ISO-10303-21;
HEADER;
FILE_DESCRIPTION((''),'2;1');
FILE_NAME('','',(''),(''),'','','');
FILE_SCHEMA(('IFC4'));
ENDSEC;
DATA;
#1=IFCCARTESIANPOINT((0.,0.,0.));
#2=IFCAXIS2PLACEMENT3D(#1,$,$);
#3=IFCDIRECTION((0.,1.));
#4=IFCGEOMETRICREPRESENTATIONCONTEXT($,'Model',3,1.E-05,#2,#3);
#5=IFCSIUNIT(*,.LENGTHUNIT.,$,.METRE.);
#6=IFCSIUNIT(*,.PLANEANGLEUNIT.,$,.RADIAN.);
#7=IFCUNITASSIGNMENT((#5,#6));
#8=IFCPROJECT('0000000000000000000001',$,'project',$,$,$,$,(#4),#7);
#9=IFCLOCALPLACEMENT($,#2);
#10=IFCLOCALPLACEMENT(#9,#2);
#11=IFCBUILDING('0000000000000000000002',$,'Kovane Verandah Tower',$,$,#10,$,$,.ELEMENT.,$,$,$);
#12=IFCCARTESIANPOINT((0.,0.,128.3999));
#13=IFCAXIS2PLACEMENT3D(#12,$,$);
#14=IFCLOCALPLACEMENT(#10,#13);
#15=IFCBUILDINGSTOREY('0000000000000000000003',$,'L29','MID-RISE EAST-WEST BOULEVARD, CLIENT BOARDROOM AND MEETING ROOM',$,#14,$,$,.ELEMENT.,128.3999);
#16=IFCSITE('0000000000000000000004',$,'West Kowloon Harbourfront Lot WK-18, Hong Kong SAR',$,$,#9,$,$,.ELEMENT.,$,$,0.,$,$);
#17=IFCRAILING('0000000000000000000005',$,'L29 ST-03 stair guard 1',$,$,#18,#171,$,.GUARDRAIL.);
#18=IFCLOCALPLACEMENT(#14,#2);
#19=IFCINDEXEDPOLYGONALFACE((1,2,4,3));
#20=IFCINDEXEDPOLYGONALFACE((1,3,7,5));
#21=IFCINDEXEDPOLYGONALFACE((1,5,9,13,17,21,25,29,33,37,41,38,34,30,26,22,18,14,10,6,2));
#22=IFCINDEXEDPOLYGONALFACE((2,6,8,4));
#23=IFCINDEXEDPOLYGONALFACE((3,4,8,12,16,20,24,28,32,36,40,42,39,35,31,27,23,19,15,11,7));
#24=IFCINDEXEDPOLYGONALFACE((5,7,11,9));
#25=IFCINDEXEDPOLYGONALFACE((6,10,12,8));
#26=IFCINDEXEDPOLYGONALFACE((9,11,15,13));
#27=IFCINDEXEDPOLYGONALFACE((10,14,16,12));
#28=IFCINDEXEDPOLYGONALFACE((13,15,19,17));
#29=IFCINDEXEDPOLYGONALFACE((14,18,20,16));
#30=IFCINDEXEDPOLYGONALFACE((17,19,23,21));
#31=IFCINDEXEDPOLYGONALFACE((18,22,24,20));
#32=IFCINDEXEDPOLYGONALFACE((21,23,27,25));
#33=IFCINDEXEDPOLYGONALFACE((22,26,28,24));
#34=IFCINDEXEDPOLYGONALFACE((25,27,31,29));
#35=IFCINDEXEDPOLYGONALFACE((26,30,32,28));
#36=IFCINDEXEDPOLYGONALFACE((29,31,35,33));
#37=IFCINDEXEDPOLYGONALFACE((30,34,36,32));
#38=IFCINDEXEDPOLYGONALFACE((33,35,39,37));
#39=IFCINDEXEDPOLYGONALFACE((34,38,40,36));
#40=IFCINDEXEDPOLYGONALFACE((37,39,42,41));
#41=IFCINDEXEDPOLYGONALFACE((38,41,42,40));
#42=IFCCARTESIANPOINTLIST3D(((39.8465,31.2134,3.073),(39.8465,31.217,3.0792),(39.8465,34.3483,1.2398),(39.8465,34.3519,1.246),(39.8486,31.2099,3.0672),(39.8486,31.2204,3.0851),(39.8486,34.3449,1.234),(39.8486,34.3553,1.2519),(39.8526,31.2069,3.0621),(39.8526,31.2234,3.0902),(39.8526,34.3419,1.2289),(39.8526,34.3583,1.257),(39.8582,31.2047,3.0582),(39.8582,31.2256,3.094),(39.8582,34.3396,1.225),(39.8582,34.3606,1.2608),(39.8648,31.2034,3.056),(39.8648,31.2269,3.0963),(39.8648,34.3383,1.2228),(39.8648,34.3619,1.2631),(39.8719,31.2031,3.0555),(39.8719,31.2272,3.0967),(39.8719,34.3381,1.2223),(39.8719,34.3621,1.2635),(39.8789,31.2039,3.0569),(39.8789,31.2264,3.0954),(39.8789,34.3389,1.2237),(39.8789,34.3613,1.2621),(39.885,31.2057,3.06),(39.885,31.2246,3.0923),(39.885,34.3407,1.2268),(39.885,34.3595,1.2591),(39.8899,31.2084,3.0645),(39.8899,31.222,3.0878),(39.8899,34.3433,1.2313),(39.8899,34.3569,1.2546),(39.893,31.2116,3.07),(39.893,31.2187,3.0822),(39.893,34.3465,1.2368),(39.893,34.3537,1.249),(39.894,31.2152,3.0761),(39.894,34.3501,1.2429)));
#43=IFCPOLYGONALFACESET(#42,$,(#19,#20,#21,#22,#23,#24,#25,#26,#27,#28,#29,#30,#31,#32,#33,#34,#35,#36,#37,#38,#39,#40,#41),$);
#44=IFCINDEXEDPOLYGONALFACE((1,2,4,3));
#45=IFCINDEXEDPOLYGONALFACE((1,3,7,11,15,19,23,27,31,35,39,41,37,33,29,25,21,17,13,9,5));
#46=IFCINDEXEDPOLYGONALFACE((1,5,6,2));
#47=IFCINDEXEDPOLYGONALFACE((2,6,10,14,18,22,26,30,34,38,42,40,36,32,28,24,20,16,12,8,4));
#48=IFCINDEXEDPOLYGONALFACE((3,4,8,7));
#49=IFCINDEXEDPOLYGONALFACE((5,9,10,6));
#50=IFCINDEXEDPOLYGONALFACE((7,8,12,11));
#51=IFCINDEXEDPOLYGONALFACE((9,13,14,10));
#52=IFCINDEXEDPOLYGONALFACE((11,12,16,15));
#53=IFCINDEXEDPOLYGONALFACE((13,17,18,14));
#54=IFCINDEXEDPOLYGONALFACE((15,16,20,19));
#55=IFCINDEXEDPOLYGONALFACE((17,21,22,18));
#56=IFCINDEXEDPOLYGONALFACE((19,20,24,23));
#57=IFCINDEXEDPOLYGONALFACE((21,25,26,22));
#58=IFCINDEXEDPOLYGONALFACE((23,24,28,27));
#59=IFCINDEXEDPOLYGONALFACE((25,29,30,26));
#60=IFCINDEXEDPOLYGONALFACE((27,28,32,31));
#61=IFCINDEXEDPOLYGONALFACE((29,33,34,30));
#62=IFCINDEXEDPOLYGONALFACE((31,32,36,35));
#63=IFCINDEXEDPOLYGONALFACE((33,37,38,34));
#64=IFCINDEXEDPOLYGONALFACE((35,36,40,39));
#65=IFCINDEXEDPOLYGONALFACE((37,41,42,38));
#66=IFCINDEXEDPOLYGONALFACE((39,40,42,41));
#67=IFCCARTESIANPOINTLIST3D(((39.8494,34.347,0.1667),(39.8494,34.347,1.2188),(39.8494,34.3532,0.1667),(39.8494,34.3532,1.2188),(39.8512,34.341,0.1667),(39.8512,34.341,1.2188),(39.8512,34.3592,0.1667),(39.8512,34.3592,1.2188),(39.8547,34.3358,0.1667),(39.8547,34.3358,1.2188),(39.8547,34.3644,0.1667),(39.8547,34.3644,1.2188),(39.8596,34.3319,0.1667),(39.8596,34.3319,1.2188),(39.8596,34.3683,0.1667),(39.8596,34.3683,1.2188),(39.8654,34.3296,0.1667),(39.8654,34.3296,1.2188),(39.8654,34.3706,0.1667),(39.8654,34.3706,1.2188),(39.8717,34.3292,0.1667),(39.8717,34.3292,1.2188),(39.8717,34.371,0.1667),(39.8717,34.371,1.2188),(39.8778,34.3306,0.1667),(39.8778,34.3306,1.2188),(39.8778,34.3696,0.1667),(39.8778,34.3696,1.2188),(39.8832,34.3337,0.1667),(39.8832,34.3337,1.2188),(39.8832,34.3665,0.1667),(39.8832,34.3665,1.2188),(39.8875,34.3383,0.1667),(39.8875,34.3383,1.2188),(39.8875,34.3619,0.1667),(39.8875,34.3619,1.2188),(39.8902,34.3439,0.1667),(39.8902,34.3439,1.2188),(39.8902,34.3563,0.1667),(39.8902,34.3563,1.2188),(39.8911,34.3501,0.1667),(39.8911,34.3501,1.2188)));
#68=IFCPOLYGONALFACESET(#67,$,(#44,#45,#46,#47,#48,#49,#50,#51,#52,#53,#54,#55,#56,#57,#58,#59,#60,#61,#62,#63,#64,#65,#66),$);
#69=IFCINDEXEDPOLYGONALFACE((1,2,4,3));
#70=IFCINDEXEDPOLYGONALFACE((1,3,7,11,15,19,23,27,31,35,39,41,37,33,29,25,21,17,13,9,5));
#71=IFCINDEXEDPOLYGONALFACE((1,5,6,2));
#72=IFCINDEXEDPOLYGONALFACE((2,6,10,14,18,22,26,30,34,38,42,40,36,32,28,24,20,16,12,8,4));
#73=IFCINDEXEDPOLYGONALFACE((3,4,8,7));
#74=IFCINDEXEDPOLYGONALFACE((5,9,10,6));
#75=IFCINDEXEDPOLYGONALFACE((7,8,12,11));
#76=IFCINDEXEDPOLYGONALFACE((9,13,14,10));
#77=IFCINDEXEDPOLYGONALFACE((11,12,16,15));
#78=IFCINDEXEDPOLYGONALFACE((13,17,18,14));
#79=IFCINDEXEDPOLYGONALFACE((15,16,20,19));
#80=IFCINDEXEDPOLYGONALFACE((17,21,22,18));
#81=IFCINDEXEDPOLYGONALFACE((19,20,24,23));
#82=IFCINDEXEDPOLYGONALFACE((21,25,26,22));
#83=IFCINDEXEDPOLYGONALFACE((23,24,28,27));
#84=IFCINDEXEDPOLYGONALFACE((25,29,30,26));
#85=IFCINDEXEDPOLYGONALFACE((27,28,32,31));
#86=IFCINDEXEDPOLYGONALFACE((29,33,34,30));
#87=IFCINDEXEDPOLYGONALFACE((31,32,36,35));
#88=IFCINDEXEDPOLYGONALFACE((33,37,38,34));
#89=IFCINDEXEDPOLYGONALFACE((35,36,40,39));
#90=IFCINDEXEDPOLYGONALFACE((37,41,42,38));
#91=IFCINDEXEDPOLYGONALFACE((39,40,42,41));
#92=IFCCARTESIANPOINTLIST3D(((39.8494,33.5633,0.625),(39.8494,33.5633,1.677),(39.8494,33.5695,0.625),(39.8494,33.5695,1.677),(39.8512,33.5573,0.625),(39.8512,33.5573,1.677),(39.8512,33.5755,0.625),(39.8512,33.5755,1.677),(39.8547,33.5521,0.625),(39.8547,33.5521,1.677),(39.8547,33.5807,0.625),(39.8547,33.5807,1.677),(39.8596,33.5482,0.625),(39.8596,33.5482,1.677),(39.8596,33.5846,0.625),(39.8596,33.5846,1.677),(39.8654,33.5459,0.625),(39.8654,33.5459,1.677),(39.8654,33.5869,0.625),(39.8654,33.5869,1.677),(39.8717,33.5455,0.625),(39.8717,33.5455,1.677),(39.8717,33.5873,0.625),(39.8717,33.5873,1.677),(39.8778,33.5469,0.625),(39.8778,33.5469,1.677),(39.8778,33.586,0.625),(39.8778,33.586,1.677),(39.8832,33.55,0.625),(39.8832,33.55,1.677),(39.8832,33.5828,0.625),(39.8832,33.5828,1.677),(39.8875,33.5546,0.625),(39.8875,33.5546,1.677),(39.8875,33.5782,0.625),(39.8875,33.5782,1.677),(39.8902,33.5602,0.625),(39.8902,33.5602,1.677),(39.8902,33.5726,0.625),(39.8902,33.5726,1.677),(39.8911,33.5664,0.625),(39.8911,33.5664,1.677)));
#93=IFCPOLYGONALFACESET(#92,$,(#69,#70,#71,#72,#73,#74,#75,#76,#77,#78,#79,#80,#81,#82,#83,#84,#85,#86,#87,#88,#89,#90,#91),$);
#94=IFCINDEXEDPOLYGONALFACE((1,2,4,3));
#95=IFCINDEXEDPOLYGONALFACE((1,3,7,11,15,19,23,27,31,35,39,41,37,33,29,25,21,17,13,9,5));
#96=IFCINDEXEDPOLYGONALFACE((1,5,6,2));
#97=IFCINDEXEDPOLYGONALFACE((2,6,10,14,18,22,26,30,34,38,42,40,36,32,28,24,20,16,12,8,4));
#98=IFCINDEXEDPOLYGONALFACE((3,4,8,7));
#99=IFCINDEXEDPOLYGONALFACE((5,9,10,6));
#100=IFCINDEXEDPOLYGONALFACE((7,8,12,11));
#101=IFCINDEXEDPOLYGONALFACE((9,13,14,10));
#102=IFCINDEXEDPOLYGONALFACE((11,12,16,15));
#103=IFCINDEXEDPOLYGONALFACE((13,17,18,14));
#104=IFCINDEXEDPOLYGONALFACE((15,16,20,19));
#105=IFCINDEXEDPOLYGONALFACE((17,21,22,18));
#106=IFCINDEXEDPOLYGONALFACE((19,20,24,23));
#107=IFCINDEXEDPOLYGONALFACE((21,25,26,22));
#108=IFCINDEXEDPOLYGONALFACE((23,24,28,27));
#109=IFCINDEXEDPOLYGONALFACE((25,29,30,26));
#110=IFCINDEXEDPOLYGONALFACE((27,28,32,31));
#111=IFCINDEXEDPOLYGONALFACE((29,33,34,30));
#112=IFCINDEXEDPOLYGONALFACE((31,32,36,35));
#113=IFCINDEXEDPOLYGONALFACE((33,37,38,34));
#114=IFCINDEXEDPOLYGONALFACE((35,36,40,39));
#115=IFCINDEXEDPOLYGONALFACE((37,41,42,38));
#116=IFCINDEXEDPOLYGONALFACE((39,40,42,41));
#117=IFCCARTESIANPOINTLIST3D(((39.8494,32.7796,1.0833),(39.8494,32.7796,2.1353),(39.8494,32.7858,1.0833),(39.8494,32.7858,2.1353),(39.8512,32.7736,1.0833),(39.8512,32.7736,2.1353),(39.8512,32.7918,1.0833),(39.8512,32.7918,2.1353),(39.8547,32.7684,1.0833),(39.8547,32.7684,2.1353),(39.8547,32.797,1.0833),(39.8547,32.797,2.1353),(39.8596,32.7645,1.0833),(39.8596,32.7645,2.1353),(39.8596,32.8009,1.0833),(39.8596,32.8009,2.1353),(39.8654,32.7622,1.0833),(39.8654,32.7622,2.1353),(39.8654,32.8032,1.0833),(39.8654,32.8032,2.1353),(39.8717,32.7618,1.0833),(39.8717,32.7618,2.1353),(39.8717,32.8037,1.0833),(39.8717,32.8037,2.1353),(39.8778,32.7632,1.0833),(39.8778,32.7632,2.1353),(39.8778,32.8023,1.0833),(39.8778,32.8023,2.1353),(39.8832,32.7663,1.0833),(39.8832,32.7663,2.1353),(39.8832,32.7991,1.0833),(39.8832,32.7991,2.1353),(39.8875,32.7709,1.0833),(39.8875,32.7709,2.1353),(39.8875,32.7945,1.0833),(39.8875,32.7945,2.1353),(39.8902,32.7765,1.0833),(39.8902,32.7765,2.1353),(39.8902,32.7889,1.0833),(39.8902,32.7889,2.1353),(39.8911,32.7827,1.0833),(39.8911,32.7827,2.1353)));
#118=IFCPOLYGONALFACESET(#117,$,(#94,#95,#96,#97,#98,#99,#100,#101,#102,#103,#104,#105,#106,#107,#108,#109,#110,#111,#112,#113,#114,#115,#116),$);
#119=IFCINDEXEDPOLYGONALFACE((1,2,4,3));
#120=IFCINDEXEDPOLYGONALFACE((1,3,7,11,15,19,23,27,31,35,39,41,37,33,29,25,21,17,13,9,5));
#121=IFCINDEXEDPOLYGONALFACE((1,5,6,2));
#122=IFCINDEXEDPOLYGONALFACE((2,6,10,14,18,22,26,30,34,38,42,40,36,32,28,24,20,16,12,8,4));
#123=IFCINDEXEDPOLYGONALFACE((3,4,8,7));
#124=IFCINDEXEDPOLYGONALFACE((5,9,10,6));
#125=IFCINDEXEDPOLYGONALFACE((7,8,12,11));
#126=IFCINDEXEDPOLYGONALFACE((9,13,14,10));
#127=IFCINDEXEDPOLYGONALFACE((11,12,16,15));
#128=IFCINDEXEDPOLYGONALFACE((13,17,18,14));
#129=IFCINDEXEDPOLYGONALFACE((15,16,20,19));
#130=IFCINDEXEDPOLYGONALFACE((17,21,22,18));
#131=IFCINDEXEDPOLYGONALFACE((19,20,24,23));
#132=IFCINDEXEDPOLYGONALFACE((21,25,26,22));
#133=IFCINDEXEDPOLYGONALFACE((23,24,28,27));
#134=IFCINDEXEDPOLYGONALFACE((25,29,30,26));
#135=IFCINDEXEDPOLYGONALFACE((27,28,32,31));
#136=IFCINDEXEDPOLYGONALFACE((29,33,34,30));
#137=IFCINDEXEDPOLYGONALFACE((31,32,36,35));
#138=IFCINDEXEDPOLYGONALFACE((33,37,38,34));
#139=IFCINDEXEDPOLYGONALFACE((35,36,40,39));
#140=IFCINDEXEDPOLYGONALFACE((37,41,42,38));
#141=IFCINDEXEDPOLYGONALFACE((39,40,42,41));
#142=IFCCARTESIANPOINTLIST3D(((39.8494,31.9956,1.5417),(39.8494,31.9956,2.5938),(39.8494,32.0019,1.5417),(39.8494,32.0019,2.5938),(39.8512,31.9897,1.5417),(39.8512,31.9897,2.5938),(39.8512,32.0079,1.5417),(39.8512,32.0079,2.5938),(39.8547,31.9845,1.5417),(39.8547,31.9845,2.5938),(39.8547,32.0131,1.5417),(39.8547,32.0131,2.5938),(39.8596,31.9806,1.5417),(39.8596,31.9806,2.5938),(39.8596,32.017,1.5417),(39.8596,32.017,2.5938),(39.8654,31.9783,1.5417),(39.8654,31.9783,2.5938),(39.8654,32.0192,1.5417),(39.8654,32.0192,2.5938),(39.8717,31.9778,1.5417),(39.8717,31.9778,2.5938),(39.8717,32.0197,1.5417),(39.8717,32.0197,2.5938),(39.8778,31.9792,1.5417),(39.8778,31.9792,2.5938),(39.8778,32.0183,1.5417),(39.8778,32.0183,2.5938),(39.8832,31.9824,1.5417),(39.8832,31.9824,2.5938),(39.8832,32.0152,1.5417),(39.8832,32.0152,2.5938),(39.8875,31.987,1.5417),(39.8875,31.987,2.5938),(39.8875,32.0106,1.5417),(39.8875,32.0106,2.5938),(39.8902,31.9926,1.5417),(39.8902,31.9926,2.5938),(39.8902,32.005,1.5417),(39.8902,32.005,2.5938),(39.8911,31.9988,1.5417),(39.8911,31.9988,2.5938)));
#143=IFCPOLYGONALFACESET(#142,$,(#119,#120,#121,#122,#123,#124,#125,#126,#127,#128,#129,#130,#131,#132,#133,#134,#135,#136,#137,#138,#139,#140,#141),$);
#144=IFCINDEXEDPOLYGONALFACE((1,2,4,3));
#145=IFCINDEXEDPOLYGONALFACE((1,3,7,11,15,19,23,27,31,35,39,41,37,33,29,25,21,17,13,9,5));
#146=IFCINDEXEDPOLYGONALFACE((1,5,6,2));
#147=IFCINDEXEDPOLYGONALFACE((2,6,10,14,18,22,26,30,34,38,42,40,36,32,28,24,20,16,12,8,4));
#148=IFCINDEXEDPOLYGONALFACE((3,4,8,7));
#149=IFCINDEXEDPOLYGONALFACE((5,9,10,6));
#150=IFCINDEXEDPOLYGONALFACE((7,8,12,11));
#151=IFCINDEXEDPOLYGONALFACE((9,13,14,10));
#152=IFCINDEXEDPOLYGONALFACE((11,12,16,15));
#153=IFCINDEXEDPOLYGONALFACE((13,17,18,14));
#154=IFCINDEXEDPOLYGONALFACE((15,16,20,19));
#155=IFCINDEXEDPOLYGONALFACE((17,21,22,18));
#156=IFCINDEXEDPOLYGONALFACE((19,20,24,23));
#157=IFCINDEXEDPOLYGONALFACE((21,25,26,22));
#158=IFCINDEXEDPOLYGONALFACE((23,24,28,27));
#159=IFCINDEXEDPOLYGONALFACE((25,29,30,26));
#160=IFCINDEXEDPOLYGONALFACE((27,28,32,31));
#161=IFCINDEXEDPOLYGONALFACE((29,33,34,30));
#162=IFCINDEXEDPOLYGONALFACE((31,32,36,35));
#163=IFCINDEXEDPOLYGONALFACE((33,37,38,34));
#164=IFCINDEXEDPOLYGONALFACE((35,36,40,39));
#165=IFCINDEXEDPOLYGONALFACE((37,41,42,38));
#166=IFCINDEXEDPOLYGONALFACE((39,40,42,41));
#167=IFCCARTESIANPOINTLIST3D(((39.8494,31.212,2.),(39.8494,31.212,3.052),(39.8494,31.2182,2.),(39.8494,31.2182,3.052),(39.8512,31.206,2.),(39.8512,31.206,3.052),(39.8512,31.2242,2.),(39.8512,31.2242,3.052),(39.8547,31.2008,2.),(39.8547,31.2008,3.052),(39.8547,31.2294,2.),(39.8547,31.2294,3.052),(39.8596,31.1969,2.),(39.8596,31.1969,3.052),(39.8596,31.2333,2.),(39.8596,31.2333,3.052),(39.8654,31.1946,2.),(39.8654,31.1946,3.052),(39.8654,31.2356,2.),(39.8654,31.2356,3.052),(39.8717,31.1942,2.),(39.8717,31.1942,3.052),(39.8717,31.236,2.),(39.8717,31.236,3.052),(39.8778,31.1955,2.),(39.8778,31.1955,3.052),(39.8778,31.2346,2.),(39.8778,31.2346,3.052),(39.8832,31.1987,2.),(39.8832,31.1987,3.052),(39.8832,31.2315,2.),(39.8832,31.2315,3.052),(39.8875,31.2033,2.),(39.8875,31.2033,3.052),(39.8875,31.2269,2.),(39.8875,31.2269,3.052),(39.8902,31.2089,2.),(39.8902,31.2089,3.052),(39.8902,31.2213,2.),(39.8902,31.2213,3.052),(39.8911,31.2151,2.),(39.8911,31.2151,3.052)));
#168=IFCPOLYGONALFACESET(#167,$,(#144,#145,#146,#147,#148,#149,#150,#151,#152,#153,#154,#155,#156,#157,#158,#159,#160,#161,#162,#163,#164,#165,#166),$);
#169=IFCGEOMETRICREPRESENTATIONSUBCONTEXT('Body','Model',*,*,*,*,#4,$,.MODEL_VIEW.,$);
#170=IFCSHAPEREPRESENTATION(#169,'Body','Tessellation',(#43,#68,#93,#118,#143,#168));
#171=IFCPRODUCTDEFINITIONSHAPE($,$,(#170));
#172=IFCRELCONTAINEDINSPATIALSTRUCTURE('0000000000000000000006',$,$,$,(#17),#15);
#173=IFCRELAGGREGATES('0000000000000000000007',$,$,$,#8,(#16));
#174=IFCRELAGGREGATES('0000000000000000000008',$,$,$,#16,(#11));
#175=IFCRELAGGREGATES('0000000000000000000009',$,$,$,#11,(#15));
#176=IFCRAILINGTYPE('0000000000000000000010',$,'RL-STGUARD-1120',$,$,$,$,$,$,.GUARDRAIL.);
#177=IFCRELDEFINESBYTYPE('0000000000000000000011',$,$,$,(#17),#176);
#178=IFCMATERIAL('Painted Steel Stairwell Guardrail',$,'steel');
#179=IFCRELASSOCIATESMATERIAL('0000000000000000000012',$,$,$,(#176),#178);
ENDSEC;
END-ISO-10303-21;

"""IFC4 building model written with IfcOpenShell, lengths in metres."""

from ifc_helpers import new_model, si_unit, direction, frame, origin, origin_2d, place, context, subcontext, project, spatial, circle, extrude, material, type_object, element, save


model = new_model("IFC4")

# Units and contexts
model_context = context("Model", 3, precision=1e-05, world=origin(), true_north=direction((0.0, 1.0)))
body_context = subcontext(model_context, "Body", "Model", "MODEL_VIEW")
ifc_project = project(units=[si_unit("LENGTHUNIT", "METRE"), si_unit("PLANEANGLEUNIT", "RADIAN")], contexts=[model_context])

# Site, building, storey
site_placement = place(None, origin())
site = spatial("IfcSite", under=ifc_project, at=site_placement, Name="West Kowloon Harbourfront Lot WK-18, Hong Kong SAR", CompositionType="ELEMENT", RefElevation=0.0)
building_placement = place(site_placement, origin())
building = spatial("IfcBuilding", under=site, at=building_placement, Name="Kovane Verandah Tower", CompositionType="ELEMENT")
storey_placement = place(building_placement, frame((0.0, 0.0, 128.3999)))
storey = spatial("IfcBuildingStorey", under=building, at=storey_placement, Name="L29", Description="MID-RISE EAST-WEST BOULEVARD, CLIENT BOARDROOM AND MEETING ROOM", CompositionType="ELEMENT", Elevation=128.3999)

# Railing
ifc_material_1 = material(Name="Painted Steel Stairwell Guardrail", Category="steel")
railing_type_1 = type_object("IfcRailingType", Name="RL-STGUARD-1120", PredefinedType="GUARDRAIL", material=ifc_material_1)
railing_1_placement = place(storey_placement, frame((39.8701, 34.3501, 0.1667)))
element("IfcRailing", 1, at=railing_1_placement, inside=storey, type_object=railing_type_1, Name="L29 ST-03 stair guard 1", PredefinedType="GUARDRAIL", context=body_context, shape_type="SweptSolid", body=[
    extrude(circle(Radius=0.0239, at=origin_2d()), frame((0.0, 0.0, 1.0762), z_axis=(0.0, -0.86324, 0.504794), x_axis=(1.0, 0.0, 0.0)), (0.0, 0.0, 1.0), 3.6316),
    extrude(circle(Radius=0.021, at=origin_2d()), origin(), (0.0, 0.0, 1.0), 1.052),
    extrude(circle(Radius=0.021, at=origin_2d()), frame((0.0, -0.7837, 0.4583)), (0.0, 0.0, 1.0), 1.052),
    extrude(circle(Radius=0.021, at=origin_2d()), frame((0.0, -1.5674, 0.9165)), (0.0, 0.0, 1.0), 1.052),
    extrude(circle(Radius=0.021, at=origin_2d()), frame((0.0, -2.3513, 1.375)), (0.0, 0.0, 1.0), 1.052),
    extrude(circle(Radius=0.021, at=origin_2d()), frame((0.0, -3.135, 1.8333)), (0.0, 0.0, 1.0), 1.052),
])

save(model, "model.ifc")
